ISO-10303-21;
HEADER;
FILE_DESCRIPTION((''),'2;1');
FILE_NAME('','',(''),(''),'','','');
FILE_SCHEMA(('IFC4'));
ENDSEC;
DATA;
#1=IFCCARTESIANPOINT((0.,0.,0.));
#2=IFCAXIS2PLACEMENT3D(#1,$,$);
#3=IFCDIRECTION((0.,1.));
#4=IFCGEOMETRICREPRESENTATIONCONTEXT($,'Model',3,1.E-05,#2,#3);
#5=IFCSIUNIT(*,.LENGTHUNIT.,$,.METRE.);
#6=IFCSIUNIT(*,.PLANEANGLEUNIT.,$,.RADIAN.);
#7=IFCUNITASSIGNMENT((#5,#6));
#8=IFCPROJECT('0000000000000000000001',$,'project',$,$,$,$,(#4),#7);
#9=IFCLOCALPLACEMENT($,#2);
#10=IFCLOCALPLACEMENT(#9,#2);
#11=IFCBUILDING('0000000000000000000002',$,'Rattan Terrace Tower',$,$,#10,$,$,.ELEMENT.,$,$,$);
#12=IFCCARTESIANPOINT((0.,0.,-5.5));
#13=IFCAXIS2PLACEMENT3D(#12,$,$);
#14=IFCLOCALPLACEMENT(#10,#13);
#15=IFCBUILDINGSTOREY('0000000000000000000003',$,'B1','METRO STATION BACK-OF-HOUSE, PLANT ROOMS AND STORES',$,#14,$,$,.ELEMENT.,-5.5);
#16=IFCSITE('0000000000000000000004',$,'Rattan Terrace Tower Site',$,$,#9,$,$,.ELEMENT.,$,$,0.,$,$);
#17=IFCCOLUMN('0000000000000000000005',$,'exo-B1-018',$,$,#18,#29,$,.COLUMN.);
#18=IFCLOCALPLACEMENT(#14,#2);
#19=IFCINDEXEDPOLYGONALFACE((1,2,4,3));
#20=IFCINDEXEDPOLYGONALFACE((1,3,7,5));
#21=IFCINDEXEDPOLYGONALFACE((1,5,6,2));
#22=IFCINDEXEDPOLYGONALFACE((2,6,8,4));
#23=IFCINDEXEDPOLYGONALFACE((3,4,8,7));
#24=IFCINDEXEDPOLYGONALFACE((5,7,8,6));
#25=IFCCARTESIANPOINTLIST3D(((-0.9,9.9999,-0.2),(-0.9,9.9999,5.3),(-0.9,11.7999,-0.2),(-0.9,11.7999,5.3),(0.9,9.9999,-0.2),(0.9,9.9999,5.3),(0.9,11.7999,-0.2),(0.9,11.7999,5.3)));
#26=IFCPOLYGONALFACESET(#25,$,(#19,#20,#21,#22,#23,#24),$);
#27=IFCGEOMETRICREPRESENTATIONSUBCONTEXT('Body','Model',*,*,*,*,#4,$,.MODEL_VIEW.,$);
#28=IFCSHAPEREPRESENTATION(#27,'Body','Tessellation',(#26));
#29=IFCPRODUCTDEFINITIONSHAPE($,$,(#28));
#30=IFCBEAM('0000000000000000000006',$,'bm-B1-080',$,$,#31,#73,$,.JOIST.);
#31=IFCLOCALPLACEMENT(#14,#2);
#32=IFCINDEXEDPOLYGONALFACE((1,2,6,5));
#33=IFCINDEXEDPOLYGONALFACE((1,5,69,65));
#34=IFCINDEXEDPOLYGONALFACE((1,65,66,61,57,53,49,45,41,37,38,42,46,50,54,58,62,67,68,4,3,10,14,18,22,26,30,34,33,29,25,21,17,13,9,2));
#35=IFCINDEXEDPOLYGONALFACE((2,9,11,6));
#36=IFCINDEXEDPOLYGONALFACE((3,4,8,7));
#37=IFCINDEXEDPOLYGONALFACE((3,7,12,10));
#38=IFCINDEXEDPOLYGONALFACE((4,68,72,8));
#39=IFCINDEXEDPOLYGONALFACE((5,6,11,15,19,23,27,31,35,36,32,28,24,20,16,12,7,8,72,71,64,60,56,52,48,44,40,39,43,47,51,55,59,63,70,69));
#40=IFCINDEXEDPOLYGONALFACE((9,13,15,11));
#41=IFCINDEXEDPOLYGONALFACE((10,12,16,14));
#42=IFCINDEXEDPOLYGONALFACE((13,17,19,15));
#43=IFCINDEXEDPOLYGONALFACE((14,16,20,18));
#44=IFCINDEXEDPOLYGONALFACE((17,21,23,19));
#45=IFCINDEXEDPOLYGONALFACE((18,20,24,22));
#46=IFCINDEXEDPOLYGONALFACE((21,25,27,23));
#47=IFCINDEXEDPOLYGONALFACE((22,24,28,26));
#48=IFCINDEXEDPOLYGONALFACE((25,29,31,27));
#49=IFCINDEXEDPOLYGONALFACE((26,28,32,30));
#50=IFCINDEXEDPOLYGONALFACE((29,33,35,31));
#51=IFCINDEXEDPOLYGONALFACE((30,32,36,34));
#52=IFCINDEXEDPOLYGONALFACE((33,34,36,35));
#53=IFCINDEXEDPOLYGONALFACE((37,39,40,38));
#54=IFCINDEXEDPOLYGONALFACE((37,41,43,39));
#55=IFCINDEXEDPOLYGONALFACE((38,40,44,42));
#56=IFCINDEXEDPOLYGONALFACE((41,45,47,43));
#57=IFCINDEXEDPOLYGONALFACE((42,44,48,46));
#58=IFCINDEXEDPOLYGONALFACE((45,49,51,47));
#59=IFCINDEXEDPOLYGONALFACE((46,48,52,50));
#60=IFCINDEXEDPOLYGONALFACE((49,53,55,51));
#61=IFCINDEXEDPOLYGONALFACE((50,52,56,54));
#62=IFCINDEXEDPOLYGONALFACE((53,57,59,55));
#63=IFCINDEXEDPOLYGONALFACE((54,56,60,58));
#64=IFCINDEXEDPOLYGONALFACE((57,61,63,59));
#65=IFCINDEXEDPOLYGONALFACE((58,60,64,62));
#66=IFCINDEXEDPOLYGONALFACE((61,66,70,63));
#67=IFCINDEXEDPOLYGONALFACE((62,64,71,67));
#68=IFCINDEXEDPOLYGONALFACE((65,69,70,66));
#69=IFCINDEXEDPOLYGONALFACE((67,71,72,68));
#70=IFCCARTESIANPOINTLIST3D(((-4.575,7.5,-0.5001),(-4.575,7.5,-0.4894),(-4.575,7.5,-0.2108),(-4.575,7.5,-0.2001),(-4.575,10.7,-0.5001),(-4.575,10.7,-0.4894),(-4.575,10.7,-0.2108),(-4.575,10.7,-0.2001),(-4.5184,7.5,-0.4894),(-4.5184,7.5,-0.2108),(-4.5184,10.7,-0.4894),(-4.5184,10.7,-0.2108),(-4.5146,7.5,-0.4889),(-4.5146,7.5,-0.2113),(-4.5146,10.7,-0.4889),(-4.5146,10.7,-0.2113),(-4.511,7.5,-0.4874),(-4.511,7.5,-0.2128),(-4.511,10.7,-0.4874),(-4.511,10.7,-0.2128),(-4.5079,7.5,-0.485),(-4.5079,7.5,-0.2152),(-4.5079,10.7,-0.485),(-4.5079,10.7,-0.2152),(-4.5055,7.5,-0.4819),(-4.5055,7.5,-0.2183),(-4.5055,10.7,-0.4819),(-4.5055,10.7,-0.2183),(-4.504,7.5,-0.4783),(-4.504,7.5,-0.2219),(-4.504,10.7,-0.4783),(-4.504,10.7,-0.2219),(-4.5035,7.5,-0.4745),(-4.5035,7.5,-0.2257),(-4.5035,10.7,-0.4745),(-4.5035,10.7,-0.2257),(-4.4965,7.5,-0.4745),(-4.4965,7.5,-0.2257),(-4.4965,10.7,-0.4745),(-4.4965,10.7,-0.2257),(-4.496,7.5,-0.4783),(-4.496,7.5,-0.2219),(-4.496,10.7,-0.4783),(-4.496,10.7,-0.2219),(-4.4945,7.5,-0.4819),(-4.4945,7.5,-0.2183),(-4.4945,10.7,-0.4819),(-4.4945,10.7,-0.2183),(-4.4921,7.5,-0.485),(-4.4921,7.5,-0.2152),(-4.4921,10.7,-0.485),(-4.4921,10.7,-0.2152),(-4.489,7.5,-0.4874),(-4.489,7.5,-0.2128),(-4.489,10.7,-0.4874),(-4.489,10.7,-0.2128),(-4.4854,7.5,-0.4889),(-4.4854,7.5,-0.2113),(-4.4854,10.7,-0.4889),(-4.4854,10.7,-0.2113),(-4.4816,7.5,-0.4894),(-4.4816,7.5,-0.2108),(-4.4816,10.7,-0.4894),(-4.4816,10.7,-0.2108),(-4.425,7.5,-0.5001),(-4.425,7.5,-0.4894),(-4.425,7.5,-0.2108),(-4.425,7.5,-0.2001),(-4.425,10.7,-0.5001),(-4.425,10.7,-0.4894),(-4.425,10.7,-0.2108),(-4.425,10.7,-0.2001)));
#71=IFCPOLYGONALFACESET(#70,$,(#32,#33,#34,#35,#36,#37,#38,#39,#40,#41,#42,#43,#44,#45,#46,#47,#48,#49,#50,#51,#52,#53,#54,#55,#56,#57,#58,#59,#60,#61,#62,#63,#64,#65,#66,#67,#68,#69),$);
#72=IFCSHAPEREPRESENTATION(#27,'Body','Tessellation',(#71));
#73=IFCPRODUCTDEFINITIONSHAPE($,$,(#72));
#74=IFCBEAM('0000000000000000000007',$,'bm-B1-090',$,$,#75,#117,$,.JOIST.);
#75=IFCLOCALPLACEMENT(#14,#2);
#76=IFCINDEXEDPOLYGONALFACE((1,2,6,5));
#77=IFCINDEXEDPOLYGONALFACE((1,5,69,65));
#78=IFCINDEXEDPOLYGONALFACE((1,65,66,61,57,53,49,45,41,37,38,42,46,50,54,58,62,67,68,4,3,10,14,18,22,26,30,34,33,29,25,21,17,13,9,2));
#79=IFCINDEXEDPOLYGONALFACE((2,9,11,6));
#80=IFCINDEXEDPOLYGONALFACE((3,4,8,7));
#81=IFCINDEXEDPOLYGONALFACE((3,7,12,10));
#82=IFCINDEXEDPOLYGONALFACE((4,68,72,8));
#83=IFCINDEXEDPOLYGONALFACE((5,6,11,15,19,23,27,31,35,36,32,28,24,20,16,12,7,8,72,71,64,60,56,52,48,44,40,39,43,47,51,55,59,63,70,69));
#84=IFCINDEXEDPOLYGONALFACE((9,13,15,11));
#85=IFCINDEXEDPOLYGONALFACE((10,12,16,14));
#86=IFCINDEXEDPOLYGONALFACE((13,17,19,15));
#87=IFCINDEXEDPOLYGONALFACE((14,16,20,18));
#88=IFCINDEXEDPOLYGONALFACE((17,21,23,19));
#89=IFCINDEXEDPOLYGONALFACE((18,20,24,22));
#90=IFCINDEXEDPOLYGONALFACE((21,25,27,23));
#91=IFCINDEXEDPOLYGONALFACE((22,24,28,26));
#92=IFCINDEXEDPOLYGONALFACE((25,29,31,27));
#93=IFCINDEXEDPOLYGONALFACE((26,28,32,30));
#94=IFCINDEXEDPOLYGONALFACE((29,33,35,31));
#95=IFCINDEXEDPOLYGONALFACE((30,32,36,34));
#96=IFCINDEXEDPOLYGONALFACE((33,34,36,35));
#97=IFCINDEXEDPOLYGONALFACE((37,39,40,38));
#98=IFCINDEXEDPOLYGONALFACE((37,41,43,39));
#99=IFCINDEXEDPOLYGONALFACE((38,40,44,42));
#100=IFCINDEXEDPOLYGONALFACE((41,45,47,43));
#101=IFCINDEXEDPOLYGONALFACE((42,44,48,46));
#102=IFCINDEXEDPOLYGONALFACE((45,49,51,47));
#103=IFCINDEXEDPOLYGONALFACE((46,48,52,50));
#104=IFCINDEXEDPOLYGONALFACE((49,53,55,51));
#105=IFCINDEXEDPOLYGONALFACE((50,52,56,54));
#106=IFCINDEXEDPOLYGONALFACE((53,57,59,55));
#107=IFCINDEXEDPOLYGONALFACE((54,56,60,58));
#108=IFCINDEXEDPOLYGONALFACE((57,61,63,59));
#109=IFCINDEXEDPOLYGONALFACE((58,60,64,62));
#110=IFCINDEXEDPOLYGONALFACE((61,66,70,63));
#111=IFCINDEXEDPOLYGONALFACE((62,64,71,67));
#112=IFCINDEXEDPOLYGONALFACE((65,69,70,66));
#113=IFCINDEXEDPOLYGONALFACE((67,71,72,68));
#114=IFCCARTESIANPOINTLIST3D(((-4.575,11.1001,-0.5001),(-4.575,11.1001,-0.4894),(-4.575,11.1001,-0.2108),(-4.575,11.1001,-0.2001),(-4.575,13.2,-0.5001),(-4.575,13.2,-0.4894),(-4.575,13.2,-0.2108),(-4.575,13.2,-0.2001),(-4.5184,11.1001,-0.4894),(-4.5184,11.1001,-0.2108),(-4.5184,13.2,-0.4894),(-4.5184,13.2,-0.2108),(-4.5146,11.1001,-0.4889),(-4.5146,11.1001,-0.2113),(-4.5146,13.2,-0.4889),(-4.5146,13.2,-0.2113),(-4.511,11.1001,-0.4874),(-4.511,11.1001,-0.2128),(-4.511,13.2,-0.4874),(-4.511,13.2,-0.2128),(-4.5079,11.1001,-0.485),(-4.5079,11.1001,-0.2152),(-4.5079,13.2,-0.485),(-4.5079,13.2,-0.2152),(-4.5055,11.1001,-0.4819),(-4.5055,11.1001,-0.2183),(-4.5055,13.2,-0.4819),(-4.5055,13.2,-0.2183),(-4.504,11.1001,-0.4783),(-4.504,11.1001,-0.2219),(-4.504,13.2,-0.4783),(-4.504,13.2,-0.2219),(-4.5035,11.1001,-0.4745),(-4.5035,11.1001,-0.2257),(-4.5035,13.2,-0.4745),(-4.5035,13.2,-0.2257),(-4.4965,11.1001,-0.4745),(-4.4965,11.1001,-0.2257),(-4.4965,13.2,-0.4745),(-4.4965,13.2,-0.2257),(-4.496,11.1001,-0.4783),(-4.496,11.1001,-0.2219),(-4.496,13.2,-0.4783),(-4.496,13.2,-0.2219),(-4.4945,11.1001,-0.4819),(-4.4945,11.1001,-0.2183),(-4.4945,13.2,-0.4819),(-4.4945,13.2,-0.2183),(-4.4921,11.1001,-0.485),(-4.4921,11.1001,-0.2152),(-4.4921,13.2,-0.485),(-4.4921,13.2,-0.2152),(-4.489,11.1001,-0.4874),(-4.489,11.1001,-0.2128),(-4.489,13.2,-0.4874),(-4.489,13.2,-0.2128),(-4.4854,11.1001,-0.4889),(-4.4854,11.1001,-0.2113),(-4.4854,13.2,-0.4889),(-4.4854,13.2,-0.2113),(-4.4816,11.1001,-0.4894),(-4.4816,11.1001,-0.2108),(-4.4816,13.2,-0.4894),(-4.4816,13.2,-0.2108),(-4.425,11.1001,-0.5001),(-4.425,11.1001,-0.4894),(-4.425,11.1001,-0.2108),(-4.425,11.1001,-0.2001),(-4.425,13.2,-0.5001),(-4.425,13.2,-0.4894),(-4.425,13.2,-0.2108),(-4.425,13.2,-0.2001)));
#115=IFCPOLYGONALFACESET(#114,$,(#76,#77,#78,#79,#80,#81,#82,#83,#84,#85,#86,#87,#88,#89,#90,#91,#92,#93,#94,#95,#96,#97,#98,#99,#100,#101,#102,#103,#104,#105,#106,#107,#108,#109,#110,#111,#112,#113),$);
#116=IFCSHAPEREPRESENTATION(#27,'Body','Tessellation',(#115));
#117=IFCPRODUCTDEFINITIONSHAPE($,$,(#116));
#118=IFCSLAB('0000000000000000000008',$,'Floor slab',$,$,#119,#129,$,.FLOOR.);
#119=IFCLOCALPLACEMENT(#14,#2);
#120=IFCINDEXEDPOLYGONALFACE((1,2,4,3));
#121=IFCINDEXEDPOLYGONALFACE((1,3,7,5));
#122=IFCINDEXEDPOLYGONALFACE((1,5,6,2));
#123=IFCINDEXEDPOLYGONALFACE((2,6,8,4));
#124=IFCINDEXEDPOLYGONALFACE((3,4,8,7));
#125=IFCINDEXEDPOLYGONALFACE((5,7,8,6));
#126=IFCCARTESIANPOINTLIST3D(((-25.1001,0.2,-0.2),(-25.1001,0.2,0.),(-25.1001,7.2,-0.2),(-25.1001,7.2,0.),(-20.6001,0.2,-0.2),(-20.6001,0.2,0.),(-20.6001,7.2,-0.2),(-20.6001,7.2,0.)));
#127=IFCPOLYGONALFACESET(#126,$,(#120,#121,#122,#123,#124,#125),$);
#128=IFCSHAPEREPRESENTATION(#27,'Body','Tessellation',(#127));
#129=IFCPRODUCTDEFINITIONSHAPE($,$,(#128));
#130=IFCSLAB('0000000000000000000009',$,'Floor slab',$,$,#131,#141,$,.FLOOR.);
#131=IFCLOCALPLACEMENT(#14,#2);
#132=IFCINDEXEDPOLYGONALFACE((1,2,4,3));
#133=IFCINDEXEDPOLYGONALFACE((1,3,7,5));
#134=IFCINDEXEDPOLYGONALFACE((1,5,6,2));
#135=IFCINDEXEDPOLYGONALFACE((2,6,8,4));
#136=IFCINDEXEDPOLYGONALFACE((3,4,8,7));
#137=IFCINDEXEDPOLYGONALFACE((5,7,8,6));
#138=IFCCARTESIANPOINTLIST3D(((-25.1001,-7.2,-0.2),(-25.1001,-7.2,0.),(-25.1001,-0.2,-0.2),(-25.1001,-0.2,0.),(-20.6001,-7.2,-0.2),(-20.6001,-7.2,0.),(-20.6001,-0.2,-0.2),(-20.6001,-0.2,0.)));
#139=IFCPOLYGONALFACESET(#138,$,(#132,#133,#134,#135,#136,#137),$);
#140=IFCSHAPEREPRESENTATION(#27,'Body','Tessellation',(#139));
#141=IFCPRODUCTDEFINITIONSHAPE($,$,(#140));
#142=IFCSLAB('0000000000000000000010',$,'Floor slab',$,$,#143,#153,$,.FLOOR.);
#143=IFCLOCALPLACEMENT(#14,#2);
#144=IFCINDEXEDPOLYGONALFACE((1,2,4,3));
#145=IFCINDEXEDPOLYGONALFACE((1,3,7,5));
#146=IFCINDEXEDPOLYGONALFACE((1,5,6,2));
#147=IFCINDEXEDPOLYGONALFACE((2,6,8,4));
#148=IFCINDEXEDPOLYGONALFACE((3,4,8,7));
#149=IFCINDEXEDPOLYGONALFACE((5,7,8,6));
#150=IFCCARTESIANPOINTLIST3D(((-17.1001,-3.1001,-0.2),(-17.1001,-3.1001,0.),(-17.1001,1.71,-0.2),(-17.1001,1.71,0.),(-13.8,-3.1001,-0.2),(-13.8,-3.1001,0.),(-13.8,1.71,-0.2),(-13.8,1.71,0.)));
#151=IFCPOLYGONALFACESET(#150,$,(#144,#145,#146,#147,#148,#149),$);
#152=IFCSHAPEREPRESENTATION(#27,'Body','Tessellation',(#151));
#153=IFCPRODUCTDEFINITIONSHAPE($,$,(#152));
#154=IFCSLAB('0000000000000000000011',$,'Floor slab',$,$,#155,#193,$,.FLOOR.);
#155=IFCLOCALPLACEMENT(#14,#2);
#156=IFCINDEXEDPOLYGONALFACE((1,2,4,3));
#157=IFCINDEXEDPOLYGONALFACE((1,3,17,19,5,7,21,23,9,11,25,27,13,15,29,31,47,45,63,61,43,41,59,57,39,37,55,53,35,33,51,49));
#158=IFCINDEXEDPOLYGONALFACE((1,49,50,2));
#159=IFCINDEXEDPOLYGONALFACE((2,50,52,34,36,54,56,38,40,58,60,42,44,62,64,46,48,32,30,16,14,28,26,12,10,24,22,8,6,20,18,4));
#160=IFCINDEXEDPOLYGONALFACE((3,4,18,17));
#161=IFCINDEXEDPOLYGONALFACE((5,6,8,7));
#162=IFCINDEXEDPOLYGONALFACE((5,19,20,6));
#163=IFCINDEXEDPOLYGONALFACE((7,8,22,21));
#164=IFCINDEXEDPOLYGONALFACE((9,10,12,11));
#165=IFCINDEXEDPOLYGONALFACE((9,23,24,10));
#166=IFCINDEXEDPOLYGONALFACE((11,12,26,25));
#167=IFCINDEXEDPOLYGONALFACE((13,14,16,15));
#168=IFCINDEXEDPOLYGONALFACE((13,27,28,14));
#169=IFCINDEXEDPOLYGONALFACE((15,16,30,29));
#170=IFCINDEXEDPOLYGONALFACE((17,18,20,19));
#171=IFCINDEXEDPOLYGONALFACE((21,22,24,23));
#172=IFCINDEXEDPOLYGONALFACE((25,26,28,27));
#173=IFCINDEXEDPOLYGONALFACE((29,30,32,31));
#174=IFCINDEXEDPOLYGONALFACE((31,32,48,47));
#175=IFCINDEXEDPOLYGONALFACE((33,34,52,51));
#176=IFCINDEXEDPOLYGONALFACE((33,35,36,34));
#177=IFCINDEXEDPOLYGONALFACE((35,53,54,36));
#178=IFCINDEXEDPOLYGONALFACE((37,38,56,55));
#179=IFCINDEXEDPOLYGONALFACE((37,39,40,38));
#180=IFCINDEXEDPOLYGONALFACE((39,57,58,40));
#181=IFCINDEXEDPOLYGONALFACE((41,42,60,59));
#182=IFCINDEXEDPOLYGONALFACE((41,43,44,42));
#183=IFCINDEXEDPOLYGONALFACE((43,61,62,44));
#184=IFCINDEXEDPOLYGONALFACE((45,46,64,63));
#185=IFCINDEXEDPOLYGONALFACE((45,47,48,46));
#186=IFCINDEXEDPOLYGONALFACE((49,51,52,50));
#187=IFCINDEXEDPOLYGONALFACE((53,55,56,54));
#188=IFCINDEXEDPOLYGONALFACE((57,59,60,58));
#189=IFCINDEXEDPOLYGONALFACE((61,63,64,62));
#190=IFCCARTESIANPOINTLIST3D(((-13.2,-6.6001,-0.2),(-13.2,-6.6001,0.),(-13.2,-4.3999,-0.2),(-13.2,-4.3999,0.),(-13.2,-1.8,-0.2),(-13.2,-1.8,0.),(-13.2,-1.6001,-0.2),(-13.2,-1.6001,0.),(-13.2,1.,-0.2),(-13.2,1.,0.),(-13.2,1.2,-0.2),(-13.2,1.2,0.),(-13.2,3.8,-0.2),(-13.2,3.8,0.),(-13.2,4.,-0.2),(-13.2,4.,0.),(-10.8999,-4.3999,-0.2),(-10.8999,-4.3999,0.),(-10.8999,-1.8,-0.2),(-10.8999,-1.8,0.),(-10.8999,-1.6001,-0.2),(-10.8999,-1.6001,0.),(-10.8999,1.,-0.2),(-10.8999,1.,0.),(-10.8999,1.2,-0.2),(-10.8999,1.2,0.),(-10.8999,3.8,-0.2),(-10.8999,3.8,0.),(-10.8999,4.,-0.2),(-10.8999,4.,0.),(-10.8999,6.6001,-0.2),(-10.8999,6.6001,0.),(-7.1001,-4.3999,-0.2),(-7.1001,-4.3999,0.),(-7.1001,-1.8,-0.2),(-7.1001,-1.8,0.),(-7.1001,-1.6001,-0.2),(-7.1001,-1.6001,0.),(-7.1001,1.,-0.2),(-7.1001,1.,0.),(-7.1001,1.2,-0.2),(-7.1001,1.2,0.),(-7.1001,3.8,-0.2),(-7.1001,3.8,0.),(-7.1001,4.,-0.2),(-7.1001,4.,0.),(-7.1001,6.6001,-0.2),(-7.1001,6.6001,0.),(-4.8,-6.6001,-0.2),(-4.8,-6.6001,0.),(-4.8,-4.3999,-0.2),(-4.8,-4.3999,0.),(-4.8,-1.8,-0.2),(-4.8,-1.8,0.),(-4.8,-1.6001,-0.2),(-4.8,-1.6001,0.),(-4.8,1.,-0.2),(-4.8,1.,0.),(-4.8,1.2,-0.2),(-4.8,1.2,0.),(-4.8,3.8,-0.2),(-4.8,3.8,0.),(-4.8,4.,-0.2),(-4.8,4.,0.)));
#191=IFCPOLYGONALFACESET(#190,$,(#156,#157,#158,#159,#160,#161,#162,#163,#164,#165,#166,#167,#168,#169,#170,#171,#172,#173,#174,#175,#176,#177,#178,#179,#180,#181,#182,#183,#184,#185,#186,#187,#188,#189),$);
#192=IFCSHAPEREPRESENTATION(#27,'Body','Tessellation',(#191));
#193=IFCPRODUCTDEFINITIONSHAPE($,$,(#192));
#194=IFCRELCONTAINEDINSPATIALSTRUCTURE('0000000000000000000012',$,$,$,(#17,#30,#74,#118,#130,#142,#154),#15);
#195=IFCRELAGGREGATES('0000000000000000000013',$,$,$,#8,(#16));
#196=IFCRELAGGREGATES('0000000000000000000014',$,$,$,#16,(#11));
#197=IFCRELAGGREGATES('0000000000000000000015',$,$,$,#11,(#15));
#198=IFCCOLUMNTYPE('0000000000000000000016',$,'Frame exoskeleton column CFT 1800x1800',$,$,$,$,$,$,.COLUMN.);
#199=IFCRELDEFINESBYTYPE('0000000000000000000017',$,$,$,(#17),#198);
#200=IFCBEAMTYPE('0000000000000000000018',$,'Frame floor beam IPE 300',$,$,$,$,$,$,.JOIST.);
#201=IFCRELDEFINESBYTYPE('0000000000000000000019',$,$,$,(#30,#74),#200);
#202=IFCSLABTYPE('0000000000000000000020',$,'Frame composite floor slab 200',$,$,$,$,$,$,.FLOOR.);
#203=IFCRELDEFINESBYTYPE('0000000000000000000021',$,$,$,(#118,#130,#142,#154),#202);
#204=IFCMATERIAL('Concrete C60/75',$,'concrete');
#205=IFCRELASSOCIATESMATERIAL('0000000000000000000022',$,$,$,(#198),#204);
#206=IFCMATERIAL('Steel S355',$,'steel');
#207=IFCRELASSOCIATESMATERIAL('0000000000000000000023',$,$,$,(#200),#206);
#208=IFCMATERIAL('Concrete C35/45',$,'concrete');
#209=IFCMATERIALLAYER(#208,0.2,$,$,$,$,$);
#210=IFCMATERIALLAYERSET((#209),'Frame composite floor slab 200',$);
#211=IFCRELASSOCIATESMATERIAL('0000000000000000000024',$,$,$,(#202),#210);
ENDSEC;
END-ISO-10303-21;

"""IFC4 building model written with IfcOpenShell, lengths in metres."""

from ifc_helpers import new_model, si_unit, direction, frame, origin, origin_2d, place, context, subcontext, project, spatial, polyline, rectangle, i_section, outline, extrude, material, layer, layer_set, material_profile, profile_set, type_object, element, save


model = new_model("IFC4")

# Units and contexts
model_context = context("Model", 3, precision=1e-05, world=origin(), true_north=direction((0.0, 1.0)))
body_context = subcontext(model_context, "Body", "Model", "MODEL_VIEW")
ifc_project = project(units=[si_unit("LENGTHUNIT", "METRE"), si_unit("PLANEANGLEUNIT", "RADIAN")], contexts=[model_context])

# Site, building, storey
site_placement = place(None, origin())
site = spatial("IfcSite", under=ifc_project, at=site_placement, Name="Rattan Terrace Tower Site", CompositionType="ELEMENT", RefElevation=0.0)
building_placement = place(site_placement, origin())
building = spatial("IfcBuilding", under=site, at=building_placement, Name="Rattan Terrace Tower", CompositionType="ELEMENT")
storey_placement = place(building_placement, frame((0.0, 0.0, -5.5)))
storey = spatial("IfcBuildingStorey", under=building, at=storey_placement, Name="B1", Description="METRO STATION BACK-OF-HOUSE, PLANT ROOMS AND STORES", CompositionType="ELEMENT", Elevation=-5.5)

# Column
ifc_material_1 = material(Name="Concrete C60/75", Category="concrete")
ifc_material_profile_1 = material_profile(ifc_material_1, rectangle(XDim=1.8, YDim=1.8, at=origin_2d()), Name="CFT 1800x1800")
ifc_profile_set_1 = profile_set([ifc_material_profile_1], Name="Concrete C60/75")
column_type = type_object("IfcColumnType", Name="Frame exoskeleton column CFT 1800x1800", PredefinedType="COLUMN", material=ifc_profile_set_1)
column_placement = place(storey_placement, frame((0.0, 10.8999, -0.2), z_axis=(0.0, 0.0, 1.0), x_axis=(1.0, 0.0, 0.0)))
element("IfcColumn", 1, at=column_placement, inside=storey, type_object=column_type, Name="exo-B1-018", PredefinedType="COLUMN", context=body_context, shape_type="SweptSolid", body=[
    extrude(rectangle(XDim=1.8, YDim=1.8, at=origin_2d()), origin(), (0.0, 0.0, 1.0), 5.5),
])

# Beams
ifc_material_2 = material(Name="Steel S355", Category="steel")
ifc_material_profile_2 = material_profile(ifc_material_2, i_section(OverallWidth=0.1499, OverallDepth=0.3, WebThickness=0.0071, FlangeThickness=0.0107, FilletRadius=0.0149, at=origin_2d()), Name="IPE 300")
ifc_profile_set_2 = profile_set([ifc_material_profile_2], Name="Steel S355")
beam_type = type_object("IfcBeamType", Name="Frame floor beam IPE 300", PredefinedType="JOIST", material=ifc_profile_set_2)
beam_1_placement = place(storey_placement, frame((-4.5, 7.5, -0.3501), z_axis=(0.0, 1.0, 0.0), x_axis=(-1.0, 0.0, 0.0)))
element("IfcBeam", 2, at=beam_1_placement, inside=storey, type_object=beam_type, Name="bm-B1-080", PredefinedType="JOIST", context=body_context, shape_type="SweptSolid", body=[
    extrude(i_section(OverallWidth=0.1499, OverallDepth=0.3, WebThickness=0.0071, FlangeThickness=0.0107, FilletRadius=0.0149, at=origin_2d()), origin(), (0.0, 0.0, 1.0), 3.2),
])
beam_2_placement = place(storey_placement, frame((-4.5, 11.1001, -0.3501), z_axis=(0.0, 1.0, 0.0), x_axis=(-1.0, 0.0, 0.0)))
element("IfcBeam", 3, at=beam_2_placement, inside=storey, type_object=beam_type, Name="bm-B1-090", PredefinedType="JOIST", context=body_context, shape_type="SweptSolid", body=[
    extrude(i_section(OverallWidth=0.1499, OverallDepth=0.3, WebThickness=0.0071, FlangeThickness=0.0107, FilletRadius=0.0149, at=origin_2d()), origin(), (0.0, 0.0, 1.0), 2.0999),
])

# Slabs
ifc_material_3 = material(Name="Concrete C35/45", Category="concrete")
ifc_layer_1 = layer(ifc_material_3, 0.2)
ifc_layer_set_1 = layer_set([ifc_layer_1], Name="Frame composite floor slab 200")
slab_type = type_object("IfcSlabType", Name="Frame composite floor slab 200", PredefinedType="FLOOR", material=ifc_layer_set_1)
slab_1_placement = place(storey_placement, frame((0.0, 0.0, -0.2)))
element("IfcSlab", 4, at=slab_1_placement, inside=storey, type_object=slab_type, Name="Floor slab", PredefinedType="FLOOR", context=body_context, shape_type="SweptSolid", body=[
    extrude(outline(polyline([(-20.6001, 0.2), (-20.6001, 7.2), (-25.1001, 7.2), (-25.1001, 0.2), (-20.6001, 0.2)])), origin(), (0.0, 0.0, 1.0), 0.2),
])
slab_2_placement = place(storey_placement, frame((0.0, 0.0, -0.2)))
element("IfcSlab", 5, at=slab_2_placement, inside=storey, type_object=slab_type, Name="Floor slab", PredefinedType="FLOOR", context=body_context, shape_type="SweptSolid", body=[
    extrude(outline(polyline([(-25.1001, -7.2), (-20.6001, -7.2), (-20.6001, -0.2), (-25.1001, -0.2), (-25.1001, -7.2)])), origin(), (0.0, 0.0, 1.0), 0.2),
])
slab_3_placement = place(storey_placement, frame((0.0, 0.0, -0.2)))
element("IfcSlab", 6, at=slab_3_placement, inside=storey, type_object=slab_type, Name="Floor slab", PredefinedType="FLOOR", context=body_context, shape_type="SweptSolid", body=[
    extrude(outline(polyline([(-13.8, 1.71), (-17.1001, 1.71), (-17.1001, -3.1001), (-13.8, -3.1001), (-13.8, 1.71)])), origin(), (0.0, 0.0, 1.0), 0.2),
])
slab_4_placement = place(storey_placement, frame((0.0, 0.0, -0.2)))
element("IfcSlab", 7, at=slab_4_placement, inside=storey, type_object=slab_type, Name="Floor slab", PredefinedType="FLOOR", context=body_context, shape_type="SweptSolid", body=[
    extrude(outline(polyline([(-13.2, -6.6001), (-4.8, -6.6001), (-4.8, -4.3999), (-7.1001, -4.3999), (-7.1001, -1.8), (-4.8, -1.8), (-4.8, -1.6001), (-7.1001, -1.6001), (-7.1001, 1.0), (-4.8, 1.0), (-4.8, 1.2), (-7.1001, 1.2), (-7.1001, 3.8), (-4.8, 3.8), (-4.8, 4.0), (-7.1001, 4.0), (-7.1001, 6.6001), (-10.8999, 6.6001), (-10.8999, 4.0), (-13.2, 4.0), (-13.2, 3.8), (-10.8999, 3.8), (-10.8999, 1.2), (-13.2, 1.2), (-13.2, 1.0), (-10.8999, 1.0), (-10.8999, -1.6001), (-13.2, -1.6001), (-13.2, -1.8), (-10.8999, -1.8), (-10.8999, -4.3999), (-13.2, -4.3999), (-13.2, -6.6001)])), origin(), (0.0, 0.0, 1.0), 0.2),
])

save(model, "model.ifc")
